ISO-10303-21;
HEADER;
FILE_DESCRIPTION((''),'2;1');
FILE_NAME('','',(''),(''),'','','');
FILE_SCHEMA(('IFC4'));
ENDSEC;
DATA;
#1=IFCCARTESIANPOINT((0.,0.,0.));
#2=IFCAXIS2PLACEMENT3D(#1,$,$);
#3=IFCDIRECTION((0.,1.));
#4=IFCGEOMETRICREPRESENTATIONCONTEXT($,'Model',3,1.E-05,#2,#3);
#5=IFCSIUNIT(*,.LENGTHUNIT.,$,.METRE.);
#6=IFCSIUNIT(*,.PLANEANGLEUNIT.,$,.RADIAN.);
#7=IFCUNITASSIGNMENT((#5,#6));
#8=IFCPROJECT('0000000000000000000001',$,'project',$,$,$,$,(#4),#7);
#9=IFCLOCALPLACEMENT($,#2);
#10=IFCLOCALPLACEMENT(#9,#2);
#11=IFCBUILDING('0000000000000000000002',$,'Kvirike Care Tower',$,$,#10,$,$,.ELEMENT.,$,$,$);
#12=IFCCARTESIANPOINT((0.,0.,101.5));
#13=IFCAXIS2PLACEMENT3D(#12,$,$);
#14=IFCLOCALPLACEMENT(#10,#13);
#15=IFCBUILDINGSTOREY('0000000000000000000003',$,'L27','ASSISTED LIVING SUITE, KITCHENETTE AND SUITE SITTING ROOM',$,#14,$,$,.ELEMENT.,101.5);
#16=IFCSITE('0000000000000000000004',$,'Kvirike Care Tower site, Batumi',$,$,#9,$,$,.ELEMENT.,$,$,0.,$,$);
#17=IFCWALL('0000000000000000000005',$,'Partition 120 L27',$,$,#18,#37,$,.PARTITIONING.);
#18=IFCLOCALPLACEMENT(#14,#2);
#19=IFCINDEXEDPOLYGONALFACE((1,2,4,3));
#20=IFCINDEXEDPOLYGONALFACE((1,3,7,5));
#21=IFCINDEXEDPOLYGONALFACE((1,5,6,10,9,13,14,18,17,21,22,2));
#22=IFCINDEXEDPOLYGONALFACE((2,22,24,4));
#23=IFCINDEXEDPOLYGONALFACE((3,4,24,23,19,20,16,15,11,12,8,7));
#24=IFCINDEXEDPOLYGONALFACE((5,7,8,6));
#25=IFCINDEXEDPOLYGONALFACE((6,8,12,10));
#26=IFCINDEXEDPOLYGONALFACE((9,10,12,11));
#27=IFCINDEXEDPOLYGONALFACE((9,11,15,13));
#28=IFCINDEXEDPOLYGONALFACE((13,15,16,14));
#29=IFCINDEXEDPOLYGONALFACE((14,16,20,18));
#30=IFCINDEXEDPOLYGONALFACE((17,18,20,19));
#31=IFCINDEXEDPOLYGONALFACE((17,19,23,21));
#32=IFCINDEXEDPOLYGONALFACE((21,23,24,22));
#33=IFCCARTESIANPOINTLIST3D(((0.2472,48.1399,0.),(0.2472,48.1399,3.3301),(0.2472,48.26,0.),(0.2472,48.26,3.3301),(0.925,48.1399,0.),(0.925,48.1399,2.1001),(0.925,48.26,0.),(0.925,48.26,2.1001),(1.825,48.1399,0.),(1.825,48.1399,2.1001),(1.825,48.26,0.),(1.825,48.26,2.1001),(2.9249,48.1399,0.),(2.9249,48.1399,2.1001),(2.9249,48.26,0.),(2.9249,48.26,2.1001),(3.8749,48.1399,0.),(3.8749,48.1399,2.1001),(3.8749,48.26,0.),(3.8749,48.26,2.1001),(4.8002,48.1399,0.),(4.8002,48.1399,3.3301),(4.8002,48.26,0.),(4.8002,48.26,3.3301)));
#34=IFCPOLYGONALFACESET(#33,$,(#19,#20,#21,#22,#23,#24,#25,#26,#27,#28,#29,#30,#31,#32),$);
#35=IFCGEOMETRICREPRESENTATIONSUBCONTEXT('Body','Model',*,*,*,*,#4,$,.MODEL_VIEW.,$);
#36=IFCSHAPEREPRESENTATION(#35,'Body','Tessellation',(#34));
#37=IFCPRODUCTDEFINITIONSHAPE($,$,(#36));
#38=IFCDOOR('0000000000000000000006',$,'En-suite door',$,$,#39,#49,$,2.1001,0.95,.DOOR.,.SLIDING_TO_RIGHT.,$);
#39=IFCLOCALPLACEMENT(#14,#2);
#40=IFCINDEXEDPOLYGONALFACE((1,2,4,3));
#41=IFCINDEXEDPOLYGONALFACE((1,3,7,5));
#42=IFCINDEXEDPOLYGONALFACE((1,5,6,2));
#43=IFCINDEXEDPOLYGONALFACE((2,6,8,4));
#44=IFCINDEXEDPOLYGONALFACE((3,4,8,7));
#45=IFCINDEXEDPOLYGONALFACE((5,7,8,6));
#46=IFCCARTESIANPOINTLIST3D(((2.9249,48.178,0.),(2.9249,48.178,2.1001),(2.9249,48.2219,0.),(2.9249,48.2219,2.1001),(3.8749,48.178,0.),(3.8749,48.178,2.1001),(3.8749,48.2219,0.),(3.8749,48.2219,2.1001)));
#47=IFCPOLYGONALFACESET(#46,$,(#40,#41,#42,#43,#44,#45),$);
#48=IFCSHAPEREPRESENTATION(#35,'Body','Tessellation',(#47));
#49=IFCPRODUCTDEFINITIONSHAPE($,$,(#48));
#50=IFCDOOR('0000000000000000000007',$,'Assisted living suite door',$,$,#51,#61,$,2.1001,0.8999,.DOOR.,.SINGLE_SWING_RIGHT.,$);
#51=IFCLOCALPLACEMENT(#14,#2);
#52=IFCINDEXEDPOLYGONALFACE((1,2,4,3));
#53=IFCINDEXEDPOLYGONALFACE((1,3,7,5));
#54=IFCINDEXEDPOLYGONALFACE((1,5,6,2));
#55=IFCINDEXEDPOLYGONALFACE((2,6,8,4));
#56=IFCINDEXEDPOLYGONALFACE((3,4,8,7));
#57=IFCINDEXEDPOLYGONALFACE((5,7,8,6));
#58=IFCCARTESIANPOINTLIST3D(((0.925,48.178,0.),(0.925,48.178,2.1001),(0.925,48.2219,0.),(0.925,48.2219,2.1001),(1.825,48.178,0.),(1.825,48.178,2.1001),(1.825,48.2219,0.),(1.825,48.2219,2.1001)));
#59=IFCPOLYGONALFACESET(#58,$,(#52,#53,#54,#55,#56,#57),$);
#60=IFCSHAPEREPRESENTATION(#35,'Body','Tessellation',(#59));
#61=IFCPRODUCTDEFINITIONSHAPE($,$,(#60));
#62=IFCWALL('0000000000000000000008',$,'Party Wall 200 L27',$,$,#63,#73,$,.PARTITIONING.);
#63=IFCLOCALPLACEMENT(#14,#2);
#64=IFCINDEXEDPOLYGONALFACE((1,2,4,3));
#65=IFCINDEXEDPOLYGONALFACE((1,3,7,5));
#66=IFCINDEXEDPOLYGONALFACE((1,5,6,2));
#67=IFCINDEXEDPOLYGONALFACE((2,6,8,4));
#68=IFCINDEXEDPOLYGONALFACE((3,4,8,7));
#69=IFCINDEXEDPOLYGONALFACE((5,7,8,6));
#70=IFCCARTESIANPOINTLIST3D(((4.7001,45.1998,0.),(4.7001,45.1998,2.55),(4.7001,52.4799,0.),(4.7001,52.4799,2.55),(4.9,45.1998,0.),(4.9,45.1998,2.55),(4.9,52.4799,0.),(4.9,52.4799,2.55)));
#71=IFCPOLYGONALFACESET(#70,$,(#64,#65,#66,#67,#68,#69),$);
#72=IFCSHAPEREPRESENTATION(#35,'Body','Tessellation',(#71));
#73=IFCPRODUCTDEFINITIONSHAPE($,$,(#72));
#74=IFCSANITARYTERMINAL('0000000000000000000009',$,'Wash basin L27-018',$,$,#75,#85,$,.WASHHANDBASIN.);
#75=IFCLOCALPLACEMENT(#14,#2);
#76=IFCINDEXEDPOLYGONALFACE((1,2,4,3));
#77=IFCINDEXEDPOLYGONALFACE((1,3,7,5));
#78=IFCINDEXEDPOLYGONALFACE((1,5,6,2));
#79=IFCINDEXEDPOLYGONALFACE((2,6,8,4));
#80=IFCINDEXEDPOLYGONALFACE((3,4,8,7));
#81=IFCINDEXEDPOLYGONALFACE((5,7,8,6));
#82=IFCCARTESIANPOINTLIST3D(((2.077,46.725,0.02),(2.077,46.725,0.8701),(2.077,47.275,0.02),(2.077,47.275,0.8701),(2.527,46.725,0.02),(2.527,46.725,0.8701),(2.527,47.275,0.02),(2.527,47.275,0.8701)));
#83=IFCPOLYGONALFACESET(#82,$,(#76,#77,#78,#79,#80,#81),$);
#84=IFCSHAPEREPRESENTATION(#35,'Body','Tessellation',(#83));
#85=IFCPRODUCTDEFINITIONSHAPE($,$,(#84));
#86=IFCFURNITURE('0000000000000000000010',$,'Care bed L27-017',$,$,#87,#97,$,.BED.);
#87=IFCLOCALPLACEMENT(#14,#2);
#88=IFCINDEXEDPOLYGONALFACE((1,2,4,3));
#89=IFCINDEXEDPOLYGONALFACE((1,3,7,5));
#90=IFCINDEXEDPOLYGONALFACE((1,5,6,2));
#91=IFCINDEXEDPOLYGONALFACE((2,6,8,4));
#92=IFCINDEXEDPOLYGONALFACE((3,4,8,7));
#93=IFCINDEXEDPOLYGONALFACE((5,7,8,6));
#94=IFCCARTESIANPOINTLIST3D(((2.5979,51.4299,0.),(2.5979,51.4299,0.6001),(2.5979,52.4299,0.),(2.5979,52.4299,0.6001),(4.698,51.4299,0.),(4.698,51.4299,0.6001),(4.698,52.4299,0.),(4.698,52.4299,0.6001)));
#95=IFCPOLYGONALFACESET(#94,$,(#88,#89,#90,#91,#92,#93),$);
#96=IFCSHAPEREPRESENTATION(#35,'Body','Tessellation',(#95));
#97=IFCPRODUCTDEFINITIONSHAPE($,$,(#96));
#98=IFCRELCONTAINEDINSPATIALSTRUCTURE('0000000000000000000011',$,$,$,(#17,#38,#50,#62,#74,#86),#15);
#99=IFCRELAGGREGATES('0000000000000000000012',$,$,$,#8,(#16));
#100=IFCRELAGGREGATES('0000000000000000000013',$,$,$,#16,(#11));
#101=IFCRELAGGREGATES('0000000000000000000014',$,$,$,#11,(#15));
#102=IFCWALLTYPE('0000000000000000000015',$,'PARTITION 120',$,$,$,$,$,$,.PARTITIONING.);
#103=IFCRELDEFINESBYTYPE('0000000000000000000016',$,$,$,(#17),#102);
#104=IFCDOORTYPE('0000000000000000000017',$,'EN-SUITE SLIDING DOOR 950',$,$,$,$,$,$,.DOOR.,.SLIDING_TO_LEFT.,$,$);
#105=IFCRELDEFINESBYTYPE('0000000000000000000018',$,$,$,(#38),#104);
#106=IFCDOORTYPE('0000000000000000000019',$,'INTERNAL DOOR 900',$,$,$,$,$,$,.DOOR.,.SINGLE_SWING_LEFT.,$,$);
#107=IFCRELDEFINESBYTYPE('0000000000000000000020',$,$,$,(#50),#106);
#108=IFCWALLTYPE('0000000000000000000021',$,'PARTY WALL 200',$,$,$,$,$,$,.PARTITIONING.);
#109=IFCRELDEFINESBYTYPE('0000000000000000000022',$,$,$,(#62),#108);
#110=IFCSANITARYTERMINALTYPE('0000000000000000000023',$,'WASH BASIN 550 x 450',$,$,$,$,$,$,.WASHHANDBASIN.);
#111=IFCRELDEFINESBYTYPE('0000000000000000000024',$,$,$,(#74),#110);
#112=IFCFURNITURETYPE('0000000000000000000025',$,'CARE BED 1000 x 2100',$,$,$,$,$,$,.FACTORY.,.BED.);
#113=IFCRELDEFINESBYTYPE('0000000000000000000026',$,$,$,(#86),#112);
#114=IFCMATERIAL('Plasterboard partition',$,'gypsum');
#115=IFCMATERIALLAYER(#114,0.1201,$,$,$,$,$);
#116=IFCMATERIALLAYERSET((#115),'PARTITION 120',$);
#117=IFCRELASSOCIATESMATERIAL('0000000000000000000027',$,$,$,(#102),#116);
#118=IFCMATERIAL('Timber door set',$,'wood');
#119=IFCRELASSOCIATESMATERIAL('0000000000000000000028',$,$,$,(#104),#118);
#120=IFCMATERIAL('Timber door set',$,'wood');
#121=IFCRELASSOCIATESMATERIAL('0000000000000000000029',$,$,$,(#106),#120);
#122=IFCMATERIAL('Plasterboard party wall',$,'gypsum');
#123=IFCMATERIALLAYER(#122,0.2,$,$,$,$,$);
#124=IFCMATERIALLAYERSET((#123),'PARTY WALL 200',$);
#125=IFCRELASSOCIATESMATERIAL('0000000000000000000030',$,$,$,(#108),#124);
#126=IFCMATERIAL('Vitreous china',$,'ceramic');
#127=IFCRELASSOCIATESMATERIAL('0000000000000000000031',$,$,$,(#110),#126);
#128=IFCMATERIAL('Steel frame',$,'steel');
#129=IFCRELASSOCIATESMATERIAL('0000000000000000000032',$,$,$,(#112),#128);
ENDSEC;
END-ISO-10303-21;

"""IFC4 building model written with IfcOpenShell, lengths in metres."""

from ifc_helpers import new_model, si_unit, direction, frame, frame_2d, origin, origin_2d, place, context, subcontext, project, spatial, rectangle, extrude, material, layer, layer_set, type_object, element, fill, save


model = new_model("IFC4")

# Units and contexts
model_context = context("Model", 3, precision=1e-05, world=origin(), true_north=direction((0.0, 1.0)))
body_context = subcontext(model_context, "Body", "Model", "MODEL_VIEW")
ifc_project = project(units=[si_unit("LENGTHUNIT", "METRE"), si_unit("PLANEANGLEUNIT", "RADIAN")], contexts=[model_context])

# Site, building, storey
site_placement = place(None, origin())
site = spatial("IfcSite", under=ifc_project, at=site_placement, Name="Kvirike Care Tower site, Batumi", CompositionType="ELEMENT", RefElevation=0.0)
building_placement = place(site_placement, origin())
building = spatial("IfcBuilding", under=site, at=building_placement, Name="Kvirike Care Tower", CompositionType="ELEMENT")
storey_placement = place(building_placement, frame((0.0, 0.0, 101.5)))
storey = spatial("IfcBuildingStorey", under=building, at=storey_placement, Name="L27", Description="ASSISTED LIVING SUITE, KITCHENETTE AND SUITE SITTING ROOM", CompositionType="ELEMENT", Elevation=101.5)

# Wall, openings, doors
ifc_material_1 = material(Name="Plasterboard partition", Category="gypsum")
ifc_layer_1 = layer(ifc_material_1, 0.1201)
ifc_layer_set_1 = layer_set([ifc_layer_1], Name="PARTITION 120")
wall_type_1 = type_object("IfcWallType", Name="PARTITION 120", PredefinedType="PARTITIONING", material=ifc_layer_set_1)
wall_1_placement = place(storey_placement, frame((4.8, 48.2, 0.0), z_axis=(0.0, 0.0, 1.0), x_axis=(-1.0, 0.0, 0.0)))
wall_1 = element("IfcWall", 1, at=wall_1_placement, inside=storey, type_object=wall_type_1, Name="Partition 120 L27", PredefinedType="PARTITIONING", context=body_context, shape_type="SweptSolid", body=[
    extrude(rectangle(XDim=4.553, YDim=0.1201, at=frame_2d((2.2764, 0.0))), origin(), (0.0, 0.0, 1.0), 3.3301),
])
opening_1_placement = place(wall_1_placement, frame((2.9751, 0.0, 0.0)))
opening_1 = element("IfcOpeningElement", 2, at=opening_1_placement, cuts=wall_1, PredefinedType="OPENING", context=body_context, shape_type="SweptSolid", body=[
    extrude(rectangle(XDim=0.8999, YDim=2.1001, at=frame_2d((0.45, 1.05))), frame((0.0, 0.0706, 0.0), z_axis=(0.0, -1.0, 0.0), x_axis=(1.0, 0.0, 0.0)), (0.0, 0.0, 1.0), 0.1411),
])
opening_2_placement = place(wall_1_placement, frame((0.925, 0.0, 0.0)))
opening_2 = element("IfcOpeningElement", 3, at=opening_2_placement, cuts=wall_1, PredefinedType="OPENING", context=body_context, shape_type="SweptSolid", body=[
    extrude(rectangle(XDim=0.95, YDim=2.1001, at=frame_2d((0.4751, 1.05))), frame((0.0, 0.0706, 0.0), z_axis=(0.0, -1.0, 0.0), x_axis=(1.0, 0.0, 0.0)), (0.0, 0.0, 1.0), 0.1411),
])
ifc_material_2 = material(Name="Timber door set", Category="wood")
door_type_1 = type_object("IfcDoorType", Name="EN-SUITE SLIDING DOOR 950", OperationType="SLIDING_TO_LEFT", PredefinedType="DOOR", material=ifc_material_2)
door_1_placement = place(opening_2_placement, origin())
door_1 = element("IfcDoor", 4, at=door_1_placement, inside=storey, type_object=door_type_1, Name="En-suite door", OperationType="SLIDING_TO_RIGHT", OverallHeight=2.1001, OverallWidth=0.95, PredefinedType="DOOR", context=body_context, shape_type="SweptSolid", body=[
    extrude(rectangle(XDim=0.95, YDim=2.1001, at=frame_2d((0.4751, 1.05))), frame((0.0, 0.022, 0.0), z_axis=(0.0, -1.0, 0.0), x_axis=(1.0, 0.0, 0.0)), (0.0, 0.0, 1.0), 0.0439),
])
fill(opening_2, door_1)
ifc_material_3 = material(Name="Timber door set", Category="wood")
door_type_2 = type_object("IfcDoorType", Name="INTERNAL DOOR 900", OperationType="SINGLE_SWING_LEFT", PredefinedType="DOOR", material=ifc_material_3)
door_2_placement = place(opening_1_placement, origin())
door_2 = element("IfcDoor", 5, at=door_2_placement, inside=storey, type_object=door_type_2, Name="Assisted living suite door", OperationType="SINGLE_SWING_RIGHT", OverallHeight=2.1001, OverallWidth=0.8999, PredefinedType="DOOR", context=body_context, shape_type="SweptSolid", body=[
    extrude(rectangle(XDim=0.8999, YDim=2.1001, at=frame_2d((0.45, 1.05))), frame((0.0, 0.022, 0.0), z_axis=(0.0, -1.0, 0.0), x_axis=(1.0, 0.0, 0.0)), (0.0, 0.0, 1.0), 0.0439),
])
fill(opening_1, door_2)

# Wall
ifc_material_4 = material(Name="Plasterboard party wall", Category="gypsum")
ifc_layer_2 = layer(ifc_material_4, 0.2)
ifc_layer_set_2 = layer_set([ifc_layer_2], Name="PARTY WALL 200")
wall_type_2 = type_object("IfcWallType", Name="PARTY WALL 200", PredefinedType="PARTITIONING", material=ifc_layer_set_2)
wall_2_placement = place(storey_placement, frame((4.8, 52.48, 0.0), z_axis=(0.0, 0.0, 1.0), x_axis=(0.0, -1.0, 0.0)))
element("IfcWall", 6, at=wall_2_placement, inside=storey, type_object=wall_type_2, Name="Party Wall 200 L27", PredefinedType="PARTITIONING", context=body_context, shape_type="SweptSolid", body=[
    extrude(rectangle(XDim=7.28, YDim=0.2, at=frame_2d((3.6401, 0.0))), origin(), (0.0, 0.0, 1.0), 2.55),
])

# Sanitary terminal
ifc_material_5 = material(Name="Vitreous china", Category="ceramic")
sanitary_terminal_type = type_object("IfcSanitaryTerminalType", Name="WASH BASIN 550 x 450", PredefinedType="WASHHANDBASIN", material=ifc_material_5)
sanitary_terminal_placement = place(storey_placement, frame((2.302, 47.0, 0.02), z_axis=(0.0, 0.0, 1.0), x_axis=(0.0, 1.0, 0.0)))
element("IfcSanitaryTerminal", 7, at=sanitary_terminal_placement, inside=storey, type_object=sanitary_terminal_type, Name="Wash basin L27-018", PredefinedType="WASHHANDBASIN", context=body_context, shape_type="SweptSolid", body=[
    extrude(rectangle(XDim=0.55, YDim=0.45, at=origin_2d()), origin(), (0.0, 0.0, 1.0), 0.8501),
])

# Furniture
ifc_material_6 = material(Name="Steel frame", Category="steel")
furniture_type = type_object("IfcFurnitureType", Name="CARE BED 1000 x 2100", AssemblyPlace="FACTORY", PredefinedType="BED", material=ifc_material_6)
furniture_placement = place(storey_placement, frame((3.6479, 51.9299, 0.0), z_axis=(0.0, 0.0, 1.0), x_axis=(0.0, -1.0, 0.0)))
element("IfcFurniture", 8, at=furniture_placement, inside=storey, type_object=furniture_type, Name="Care bed L27-017", PredefinedType="BED", context=body_context, shape_type="SweptSolid", body=[
    extrude(rectangle(XDim=1.0, YDim=2.1001, at=origin_2d()), origin(), (0.0, 0.0, 1.0), 0.6001),
])

save(model, "model.ifc")
